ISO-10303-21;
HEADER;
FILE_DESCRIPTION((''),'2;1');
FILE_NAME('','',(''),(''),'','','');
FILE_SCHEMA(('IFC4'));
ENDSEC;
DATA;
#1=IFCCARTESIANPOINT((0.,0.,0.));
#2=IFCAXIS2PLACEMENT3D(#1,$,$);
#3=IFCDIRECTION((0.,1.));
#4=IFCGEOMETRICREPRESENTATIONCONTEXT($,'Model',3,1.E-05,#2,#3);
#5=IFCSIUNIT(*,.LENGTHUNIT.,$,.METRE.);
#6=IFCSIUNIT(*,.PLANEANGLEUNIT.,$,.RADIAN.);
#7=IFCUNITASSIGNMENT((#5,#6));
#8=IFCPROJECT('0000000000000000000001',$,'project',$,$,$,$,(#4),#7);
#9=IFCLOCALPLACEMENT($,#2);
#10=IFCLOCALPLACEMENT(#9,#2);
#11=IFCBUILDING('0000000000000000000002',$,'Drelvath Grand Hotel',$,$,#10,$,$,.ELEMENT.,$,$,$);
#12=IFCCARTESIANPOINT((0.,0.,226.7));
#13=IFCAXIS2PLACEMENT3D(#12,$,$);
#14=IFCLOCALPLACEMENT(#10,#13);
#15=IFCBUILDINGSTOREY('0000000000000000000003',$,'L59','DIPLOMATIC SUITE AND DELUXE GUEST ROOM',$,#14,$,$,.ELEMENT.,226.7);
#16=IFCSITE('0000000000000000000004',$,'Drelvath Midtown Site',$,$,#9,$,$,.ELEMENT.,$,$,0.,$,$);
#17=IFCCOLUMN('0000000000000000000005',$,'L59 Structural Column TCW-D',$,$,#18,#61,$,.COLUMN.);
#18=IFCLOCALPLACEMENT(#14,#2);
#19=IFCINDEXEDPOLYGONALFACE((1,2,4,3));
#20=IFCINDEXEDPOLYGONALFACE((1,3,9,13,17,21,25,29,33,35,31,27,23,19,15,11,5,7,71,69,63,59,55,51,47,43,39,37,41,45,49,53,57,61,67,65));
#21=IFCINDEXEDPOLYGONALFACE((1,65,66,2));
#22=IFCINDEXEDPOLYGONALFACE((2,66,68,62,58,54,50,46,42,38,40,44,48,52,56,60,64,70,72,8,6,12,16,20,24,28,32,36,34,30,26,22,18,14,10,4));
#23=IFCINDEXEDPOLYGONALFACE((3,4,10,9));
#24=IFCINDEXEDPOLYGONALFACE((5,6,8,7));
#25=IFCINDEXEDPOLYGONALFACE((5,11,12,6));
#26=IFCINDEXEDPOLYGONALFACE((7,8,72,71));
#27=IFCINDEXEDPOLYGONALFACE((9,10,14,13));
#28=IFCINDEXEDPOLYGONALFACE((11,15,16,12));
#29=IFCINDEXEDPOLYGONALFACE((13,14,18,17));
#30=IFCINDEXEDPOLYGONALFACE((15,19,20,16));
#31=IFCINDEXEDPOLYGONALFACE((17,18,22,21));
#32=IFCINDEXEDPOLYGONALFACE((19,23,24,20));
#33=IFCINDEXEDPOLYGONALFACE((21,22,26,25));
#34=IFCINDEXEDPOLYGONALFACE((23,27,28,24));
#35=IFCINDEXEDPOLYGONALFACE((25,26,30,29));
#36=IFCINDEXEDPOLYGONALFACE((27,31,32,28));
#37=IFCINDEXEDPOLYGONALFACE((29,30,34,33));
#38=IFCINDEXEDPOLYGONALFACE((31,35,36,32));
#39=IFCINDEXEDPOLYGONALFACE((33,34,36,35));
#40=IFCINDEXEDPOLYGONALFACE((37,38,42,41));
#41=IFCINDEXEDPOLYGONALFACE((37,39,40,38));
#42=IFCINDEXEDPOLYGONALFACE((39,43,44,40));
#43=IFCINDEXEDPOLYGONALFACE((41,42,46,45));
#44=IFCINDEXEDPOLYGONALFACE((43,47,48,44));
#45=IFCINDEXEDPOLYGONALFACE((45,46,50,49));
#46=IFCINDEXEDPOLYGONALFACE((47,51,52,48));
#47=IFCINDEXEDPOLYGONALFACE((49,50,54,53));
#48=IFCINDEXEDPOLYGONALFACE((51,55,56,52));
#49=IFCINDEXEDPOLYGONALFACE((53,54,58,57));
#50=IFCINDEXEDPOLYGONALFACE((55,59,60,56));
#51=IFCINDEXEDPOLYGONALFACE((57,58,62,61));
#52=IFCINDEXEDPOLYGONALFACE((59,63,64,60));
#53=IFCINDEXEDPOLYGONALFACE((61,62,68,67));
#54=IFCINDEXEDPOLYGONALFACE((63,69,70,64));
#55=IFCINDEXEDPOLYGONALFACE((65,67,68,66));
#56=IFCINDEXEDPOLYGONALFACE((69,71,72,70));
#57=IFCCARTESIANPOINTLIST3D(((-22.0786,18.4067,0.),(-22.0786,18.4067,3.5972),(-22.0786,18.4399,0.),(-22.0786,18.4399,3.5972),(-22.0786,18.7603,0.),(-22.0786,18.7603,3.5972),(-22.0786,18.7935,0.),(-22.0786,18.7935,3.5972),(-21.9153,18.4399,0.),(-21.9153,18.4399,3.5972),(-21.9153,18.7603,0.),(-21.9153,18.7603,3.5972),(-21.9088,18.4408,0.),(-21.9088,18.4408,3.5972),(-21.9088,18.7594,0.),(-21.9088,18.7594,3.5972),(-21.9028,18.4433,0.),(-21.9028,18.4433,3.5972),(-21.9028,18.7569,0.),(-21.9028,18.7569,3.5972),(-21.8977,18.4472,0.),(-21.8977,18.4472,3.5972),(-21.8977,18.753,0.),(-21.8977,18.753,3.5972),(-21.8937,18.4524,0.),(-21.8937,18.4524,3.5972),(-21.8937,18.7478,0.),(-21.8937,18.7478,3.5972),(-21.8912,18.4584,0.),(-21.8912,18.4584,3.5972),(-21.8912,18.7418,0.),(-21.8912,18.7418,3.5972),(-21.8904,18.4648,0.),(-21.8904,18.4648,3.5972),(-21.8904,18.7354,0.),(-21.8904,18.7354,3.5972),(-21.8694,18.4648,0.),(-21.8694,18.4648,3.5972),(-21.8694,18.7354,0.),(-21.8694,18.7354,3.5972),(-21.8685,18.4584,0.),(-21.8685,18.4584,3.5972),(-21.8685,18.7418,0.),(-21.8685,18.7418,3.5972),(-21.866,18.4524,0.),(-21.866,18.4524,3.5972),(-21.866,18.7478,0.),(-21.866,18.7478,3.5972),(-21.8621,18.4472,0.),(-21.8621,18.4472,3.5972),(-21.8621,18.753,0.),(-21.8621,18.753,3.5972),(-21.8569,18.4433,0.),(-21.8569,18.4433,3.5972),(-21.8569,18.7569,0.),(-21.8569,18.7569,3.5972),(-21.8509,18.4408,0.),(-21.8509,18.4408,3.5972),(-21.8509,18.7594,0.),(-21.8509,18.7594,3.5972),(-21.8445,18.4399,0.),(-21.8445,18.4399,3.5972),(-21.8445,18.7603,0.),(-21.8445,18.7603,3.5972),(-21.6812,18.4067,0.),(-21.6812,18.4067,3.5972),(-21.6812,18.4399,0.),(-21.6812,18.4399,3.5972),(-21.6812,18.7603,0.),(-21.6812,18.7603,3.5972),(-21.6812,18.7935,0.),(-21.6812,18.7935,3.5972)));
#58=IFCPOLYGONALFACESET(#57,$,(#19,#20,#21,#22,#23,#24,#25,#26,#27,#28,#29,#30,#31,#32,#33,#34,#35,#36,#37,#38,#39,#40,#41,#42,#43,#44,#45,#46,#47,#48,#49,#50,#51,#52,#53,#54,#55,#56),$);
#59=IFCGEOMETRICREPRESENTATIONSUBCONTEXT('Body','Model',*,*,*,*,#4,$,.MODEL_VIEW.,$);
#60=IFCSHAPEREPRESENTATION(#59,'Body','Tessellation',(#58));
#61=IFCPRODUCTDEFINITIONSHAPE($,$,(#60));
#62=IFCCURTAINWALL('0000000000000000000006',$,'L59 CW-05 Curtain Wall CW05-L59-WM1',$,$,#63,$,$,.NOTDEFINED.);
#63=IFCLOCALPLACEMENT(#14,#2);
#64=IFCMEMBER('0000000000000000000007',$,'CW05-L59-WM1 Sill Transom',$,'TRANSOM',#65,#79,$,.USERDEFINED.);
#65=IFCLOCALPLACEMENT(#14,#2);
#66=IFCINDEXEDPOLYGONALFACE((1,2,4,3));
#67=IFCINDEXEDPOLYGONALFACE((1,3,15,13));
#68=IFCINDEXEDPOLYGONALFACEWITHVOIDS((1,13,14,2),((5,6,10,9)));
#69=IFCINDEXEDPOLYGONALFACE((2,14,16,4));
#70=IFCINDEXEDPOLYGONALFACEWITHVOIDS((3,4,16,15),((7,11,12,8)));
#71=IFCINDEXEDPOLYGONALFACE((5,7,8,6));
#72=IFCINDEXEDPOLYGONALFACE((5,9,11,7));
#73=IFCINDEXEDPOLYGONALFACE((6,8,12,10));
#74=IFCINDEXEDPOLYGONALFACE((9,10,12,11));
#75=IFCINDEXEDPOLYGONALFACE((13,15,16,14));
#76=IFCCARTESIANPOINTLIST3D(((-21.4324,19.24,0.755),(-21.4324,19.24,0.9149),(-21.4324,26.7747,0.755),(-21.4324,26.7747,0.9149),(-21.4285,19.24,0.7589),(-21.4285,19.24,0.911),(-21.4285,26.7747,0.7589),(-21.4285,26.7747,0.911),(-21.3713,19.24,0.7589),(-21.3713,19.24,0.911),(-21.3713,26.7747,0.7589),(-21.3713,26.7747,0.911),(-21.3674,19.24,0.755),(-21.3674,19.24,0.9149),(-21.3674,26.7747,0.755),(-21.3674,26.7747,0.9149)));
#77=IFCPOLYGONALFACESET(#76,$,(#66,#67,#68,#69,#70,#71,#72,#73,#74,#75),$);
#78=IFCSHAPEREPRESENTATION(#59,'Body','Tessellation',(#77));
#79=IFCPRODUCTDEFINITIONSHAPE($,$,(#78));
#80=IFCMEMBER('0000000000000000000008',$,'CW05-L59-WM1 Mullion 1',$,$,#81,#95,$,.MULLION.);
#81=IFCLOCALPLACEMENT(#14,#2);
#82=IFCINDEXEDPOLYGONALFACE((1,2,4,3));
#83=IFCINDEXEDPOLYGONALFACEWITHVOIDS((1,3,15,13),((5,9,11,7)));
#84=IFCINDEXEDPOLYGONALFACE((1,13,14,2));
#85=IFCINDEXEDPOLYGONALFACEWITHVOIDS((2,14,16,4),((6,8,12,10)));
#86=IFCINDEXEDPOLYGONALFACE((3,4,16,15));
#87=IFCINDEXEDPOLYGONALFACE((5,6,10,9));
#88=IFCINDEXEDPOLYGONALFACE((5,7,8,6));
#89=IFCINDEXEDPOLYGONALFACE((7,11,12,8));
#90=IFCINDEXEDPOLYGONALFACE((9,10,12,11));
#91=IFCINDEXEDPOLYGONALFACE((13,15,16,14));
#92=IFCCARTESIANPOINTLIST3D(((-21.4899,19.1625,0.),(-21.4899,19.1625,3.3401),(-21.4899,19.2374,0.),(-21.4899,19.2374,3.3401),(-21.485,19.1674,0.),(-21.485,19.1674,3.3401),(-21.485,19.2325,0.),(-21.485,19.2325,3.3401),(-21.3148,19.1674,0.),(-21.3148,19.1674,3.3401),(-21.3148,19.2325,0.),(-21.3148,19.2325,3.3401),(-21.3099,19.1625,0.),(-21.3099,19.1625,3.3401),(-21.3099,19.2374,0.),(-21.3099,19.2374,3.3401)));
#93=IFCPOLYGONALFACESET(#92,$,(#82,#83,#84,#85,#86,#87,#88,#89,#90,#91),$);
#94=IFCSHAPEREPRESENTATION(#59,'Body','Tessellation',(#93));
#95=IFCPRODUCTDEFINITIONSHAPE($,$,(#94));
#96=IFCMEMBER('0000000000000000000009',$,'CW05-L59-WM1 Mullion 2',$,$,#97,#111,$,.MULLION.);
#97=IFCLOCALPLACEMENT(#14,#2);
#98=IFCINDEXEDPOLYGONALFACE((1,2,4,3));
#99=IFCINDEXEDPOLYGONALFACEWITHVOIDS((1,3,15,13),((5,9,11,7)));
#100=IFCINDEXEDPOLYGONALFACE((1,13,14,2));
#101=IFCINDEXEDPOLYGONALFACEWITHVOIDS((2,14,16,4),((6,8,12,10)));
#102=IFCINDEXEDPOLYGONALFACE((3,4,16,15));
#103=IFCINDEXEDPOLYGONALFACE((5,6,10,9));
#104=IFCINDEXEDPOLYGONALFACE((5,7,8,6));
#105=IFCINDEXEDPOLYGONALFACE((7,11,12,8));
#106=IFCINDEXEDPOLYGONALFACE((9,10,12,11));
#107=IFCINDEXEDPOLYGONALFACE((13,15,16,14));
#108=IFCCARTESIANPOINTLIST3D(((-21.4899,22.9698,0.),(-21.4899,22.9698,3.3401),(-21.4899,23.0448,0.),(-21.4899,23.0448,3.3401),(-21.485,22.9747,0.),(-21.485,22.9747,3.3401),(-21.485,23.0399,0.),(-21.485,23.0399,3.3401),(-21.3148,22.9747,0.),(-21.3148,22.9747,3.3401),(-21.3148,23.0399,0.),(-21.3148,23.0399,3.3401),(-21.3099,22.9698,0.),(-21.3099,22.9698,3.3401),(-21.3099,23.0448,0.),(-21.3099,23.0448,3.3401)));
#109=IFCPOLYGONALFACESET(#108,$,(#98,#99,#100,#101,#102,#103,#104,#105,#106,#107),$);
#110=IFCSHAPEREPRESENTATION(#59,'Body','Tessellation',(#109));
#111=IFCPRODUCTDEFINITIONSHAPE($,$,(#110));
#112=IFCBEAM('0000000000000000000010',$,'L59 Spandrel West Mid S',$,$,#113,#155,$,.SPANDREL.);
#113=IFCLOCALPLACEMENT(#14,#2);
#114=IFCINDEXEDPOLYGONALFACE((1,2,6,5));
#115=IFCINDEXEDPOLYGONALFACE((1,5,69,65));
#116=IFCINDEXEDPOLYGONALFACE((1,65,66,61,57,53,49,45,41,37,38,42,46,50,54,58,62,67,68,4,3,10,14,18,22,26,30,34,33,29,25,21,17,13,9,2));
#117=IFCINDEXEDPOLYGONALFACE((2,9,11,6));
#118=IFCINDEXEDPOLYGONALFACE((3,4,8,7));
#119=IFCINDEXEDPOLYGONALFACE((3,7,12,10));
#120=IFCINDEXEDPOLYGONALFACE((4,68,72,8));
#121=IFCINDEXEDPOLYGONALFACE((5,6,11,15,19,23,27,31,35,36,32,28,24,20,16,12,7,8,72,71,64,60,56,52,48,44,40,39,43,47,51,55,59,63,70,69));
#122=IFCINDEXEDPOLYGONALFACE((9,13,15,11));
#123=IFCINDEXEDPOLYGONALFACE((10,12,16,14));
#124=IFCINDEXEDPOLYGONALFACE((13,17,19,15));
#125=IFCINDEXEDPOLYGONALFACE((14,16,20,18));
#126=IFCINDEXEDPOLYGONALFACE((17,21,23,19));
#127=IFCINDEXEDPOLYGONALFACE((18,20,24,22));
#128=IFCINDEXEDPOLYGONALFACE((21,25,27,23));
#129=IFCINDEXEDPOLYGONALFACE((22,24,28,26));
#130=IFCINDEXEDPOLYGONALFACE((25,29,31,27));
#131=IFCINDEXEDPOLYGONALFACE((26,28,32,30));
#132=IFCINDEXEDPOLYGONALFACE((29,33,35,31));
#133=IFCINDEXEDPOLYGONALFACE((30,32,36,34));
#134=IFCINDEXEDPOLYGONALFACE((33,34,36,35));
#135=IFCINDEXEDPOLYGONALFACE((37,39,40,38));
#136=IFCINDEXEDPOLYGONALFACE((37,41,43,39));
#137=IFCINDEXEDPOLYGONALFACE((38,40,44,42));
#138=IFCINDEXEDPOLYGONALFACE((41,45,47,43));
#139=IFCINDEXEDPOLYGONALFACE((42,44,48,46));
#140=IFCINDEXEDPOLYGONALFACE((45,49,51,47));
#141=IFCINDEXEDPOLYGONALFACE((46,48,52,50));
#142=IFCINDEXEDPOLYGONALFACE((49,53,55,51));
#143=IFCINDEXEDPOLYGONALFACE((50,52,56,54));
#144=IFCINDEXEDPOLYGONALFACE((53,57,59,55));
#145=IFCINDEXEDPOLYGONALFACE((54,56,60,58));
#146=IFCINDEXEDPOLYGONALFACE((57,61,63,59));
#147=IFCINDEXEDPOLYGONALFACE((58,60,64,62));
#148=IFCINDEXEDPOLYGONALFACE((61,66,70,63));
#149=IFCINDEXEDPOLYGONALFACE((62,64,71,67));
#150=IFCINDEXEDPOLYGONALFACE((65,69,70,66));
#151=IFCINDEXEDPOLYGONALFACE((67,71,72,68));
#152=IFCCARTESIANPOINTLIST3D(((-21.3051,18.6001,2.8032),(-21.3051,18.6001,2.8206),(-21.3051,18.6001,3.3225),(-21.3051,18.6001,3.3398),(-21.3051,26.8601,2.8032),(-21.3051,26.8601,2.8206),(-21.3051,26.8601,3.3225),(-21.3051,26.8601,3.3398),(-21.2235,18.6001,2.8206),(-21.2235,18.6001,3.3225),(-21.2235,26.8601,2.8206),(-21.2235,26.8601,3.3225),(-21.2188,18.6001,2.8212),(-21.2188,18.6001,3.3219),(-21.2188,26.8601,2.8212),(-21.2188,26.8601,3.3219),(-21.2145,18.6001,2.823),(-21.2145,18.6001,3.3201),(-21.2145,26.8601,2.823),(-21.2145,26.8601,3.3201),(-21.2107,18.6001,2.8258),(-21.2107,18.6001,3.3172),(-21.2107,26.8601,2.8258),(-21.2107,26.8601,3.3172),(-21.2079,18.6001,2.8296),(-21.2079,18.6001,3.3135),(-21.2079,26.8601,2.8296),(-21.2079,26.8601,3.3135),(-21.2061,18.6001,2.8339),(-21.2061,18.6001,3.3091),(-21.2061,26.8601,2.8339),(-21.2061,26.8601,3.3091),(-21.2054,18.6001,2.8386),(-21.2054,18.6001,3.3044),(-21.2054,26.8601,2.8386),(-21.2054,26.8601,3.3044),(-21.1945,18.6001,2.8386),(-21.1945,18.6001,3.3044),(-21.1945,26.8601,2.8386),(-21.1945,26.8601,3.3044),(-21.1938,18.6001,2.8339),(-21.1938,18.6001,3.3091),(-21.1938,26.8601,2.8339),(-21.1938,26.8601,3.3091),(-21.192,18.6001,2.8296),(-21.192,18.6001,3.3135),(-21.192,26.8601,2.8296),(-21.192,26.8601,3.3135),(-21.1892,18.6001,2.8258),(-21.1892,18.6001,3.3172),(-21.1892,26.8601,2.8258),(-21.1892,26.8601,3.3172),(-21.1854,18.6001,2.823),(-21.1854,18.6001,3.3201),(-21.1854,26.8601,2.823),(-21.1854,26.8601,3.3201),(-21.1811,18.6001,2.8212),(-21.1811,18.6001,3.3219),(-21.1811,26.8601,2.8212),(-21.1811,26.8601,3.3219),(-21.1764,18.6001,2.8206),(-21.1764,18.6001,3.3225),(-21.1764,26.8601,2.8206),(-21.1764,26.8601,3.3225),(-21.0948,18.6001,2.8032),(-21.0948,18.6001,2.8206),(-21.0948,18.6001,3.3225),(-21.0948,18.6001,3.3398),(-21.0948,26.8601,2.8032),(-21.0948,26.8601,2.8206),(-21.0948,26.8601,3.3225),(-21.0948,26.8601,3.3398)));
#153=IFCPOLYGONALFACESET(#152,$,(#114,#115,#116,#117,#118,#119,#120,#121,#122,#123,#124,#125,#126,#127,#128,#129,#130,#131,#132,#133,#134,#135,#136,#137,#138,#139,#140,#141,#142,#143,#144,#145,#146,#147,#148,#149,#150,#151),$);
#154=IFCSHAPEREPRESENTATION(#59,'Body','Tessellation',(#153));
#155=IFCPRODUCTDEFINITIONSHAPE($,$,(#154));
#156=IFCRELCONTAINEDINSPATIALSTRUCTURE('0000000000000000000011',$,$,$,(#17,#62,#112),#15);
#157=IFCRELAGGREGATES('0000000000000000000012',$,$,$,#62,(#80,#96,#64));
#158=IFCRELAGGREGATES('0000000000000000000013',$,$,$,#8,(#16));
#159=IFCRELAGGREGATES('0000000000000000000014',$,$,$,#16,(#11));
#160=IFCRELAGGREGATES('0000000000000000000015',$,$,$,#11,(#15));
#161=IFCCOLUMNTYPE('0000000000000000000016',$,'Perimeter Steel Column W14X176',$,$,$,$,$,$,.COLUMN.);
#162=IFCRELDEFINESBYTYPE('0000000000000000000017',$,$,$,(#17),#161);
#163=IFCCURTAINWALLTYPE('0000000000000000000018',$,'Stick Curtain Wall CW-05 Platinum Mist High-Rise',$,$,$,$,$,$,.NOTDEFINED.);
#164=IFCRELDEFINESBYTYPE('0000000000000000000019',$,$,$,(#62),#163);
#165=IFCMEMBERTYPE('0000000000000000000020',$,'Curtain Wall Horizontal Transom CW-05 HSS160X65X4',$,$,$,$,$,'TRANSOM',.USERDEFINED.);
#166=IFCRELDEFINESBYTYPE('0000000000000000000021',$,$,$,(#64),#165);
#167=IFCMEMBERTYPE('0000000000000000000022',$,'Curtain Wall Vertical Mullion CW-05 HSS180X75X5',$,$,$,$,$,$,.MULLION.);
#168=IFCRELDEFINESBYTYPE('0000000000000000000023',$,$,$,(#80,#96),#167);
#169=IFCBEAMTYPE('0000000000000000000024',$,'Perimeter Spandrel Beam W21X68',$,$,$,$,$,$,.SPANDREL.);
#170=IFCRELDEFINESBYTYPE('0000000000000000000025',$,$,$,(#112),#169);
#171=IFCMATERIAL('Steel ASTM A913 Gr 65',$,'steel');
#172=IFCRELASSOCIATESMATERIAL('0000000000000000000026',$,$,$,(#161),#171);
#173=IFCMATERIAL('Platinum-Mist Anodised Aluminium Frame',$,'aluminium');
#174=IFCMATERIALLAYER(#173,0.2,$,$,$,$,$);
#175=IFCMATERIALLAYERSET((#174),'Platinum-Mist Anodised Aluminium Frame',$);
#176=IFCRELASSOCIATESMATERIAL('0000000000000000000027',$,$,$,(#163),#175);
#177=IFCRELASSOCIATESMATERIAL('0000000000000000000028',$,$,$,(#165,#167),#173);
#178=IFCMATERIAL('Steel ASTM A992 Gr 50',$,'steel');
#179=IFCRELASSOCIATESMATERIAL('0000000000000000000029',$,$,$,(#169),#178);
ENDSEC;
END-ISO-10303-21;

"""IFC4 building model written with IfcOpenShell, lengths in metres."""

from ifc_helpers import new_model, si_unit, direction, frame, origin, origin_2d, place, context, subcontext, project, spatial, hollow_rectangle, i_section, extrude, material, layer, layer_set, material_profile, profile_set, type_object, element, aggregate, save


model = new_model("IFC4")

# Units and contexts
model_context = context("Model", 3, precision=1e-05, world=origin(), true_north=direction((0.0, 1.0)))
body_context = subcontext(model_context, "Body", "Model", "MODEL_VIEW")
ifc_project = project(units=[si_unit("LENGTHUNIT", "METRE"), si_unit("PLANEANGLEUNIT", "RADIAN")], contexts=[model_context])

# Site, building, storey
site_placement = place(None, origin())
site = spatial("IfcSite", under=ifc_project, at=site_placement, Name="Drelvath Midtown Site", CompositionType="ELEMENT", RefElevation=0.0)
building_placement = place(site_placement, origin())
building = spatial("IfcBuilding", under=site, at=building_placement, Name="Drelvath Grand Hotel", CompositionType="ELEMENT")
storey_placement = place(building_placement, frame((0.0, 0.0, 226.7)))
storey = spatial("IfcBuildingStorey", under=building, at=storey_placement, Name="L59", Description="DIPLOMATIC SUITE AND DELUXE GUEST ROOM", CompositionType="ELEMENT", Elevation=226.7)

# Column
ifc_material_1 = material(Name="Steel ASTM A913 Gr 65", Category="steel")
ifc_material_profile_1 = material_profile(ifc_material_1, i_section(OverallWidth=0.3975, OverallDepth=0.3867, WebThickness=0.021, FlangeThickness=0.0332, FilletRadius=0.0249, at=origin_2d()), Name="W14X176")
ifc_profile_set_1 = profile_set([ifc_material_profile_1], Name="Steel ASTM A913 Gr 65")
column_type = type_object("IfcColumnType", Name="Perimeter Steel Column W14X176", PredefinedType="COLUMN", material=ifc_profile_set_1)
column_placement = place(storey_placement, frame((-21.8799, 18.6001, 0.0), z_axis=(0.0, 0.0, 1.0), x_axis=(1.0, 0.0, 0.0)))
element("IfcColumn", 1, at=column_placement, inside=storey, type_object=column_type, Name="L59 Structural Column TCW-D", PredefinedType="COLUMN", context=body_context, shape_type="SweptSolid", body=[
    extrude(i_section(OverallWidth=0.3975, OverallDepth=0.3867, WebThickness=0.021, FlangeThickness=0.0332, FilletRadius=0.0249, at=origin_2d()), origin(), (0.0, 0.0, 1.0), 3.5972),
])

# Curtain wall, members
ifc_material_2 = material(Name="Platinum-Mist Anodised Aluminium Frame", Category="aluminium")
ifc_layer_1 = layer(ifc_material_2, 0.2)
ifc_layer_set_1 = layer_set([ifc_layer_1], Name="Platinum-Mist Anodised Aluminium Frame")
curtain_wall_type = type_object("IfcCurtainWallType", Name="Stick Curtain Wall CW-05 Platinum Mist High-Rise", PredefinedType="NOTDEFINED", material=ifc_layer_set_1)
curtain_wall_placement = place(storey_placement, origin())
curtain_wall = element("IfcCurtainWall", 2, at=curtain_wall_placement, inside=storey, type_object=curtain_wall_type, Name="L59 CW-05 Curtain Wall CW05-L59-WM1", PredefinedType="NOTDEFINED")
ifc_material_profile_2 = material_profile(ifc_material_2, hollow_rectangle(XDim=0.0649, YDim=0.1599, WallThickness=0.0039, at=origin_2d()), Name="HSS160X65X4")
ifc_profile_set_2 = profile_set([ifc_material_profile_2], Name="Platinum-Mist Anodised Aluminium Frame")
member_type_1 = type_object("IfcMemberType", Name="Curtain Wall Horizontal Transom CW-05 HSS160X65X4", ElementType="TRANSOM", PredefinedType="USERDEFINED", material=ifc_profile_set_2)
member_1_placement = place(storey_placement, frame((-21.3999, 19.24, 0.835), z_axis=(0.0, 1.0, 0.0), x_axis=(-1.0, 0.0, 0.0)))
member_1 = element("IfcMember", 3, at=member_1_placement, type_object=member_type_1, Name="CW05-L59-WM1 Sill Transom", ObjectType="TRANSOM", PredefinedType="USERDEFINED", context=body_context, shape_type="SweptSolid", body=[
    extrude(hollow_rectangle(XDim=0.0649, YDim=0.1599, WallThickness=0.0039, at=origin_2d()), origin(), (0.0, 0.0, 1.0), 7.5347),
])
ifc_material_profile_3 = material_profile(ifc_material_2, hollow_rectangle(XDim=0.075, YDim=0.1799, WallThickness=0.0049, at=origin_2d()), Name="HSS180X75X5")
ifc_profile_set_3 = profile_set([ifc_material_profile_3], Name="Platinum-Mist Anodised Aluminium Frame")
member_type_2 = type_object("IfcMemberType", Name="Curtain Wall Vertical Mullion CW-05 HSS180X75X5", PredefinedType="MULLION", material=ifc_profile_set_3)
member_2_placement = place(storey_placement, frame((-21.3999, 19.2, 0.0), z_axis=(0.0, 0.0, 1.0), x_axis=(0.0, 1.0, 0.0)))
member_2 = element("IfcMember", 4, at=member_2_placement, type_object=member_type_2, Name="CW05-L59-WM1 Mullion 1", PredefinedType="MULLION", context=body_context, shape_type="SweptSolid", body=[
    extrude(hollow_rectangle(XDim=0.075, YDim=0.1799, WallThickness=0.0049, at=origin_2d()), origin(), (0.0, 0.0, 1.0), 3.3401),
])
member_3_placement = place(storey_placement, frame((-21.3999, 23.0073, 0.0), z_axis=(0.0, 0.0, 1.0), x_axis=(0.0, 1.0, 0.0)))
member_3 = element("IfcMember", 5, at=member_3_placement, type_object=member_type_2, Name="CW05-L59-WM1 Mullion 2", PredefinedType="MULLION", context=body_context, shape_type="SweptSolid", body=[
    extrude(hollow_rectangle(XDim=0.075, YDim=0.1799, WallThickness=0.0049, at=origin_2d()), origin(), (0.0, 0.0, 1.0), 3.3401),
])

# Beam
ifc_material_3 = material(Name="Steel ASTM A992 Gr 50", Category="steel")
ifc_material_profile_4 = material_profile(ifc_material_3, i_section(OverallWidth=0.2102, OverallDepth=0.5366, WebThickness=0.011, FlangeThickness=0.0173, FilletRadius=0.0181, at=origin_2d()), Name="W21X68")
ifc_profile_set_4 = profile_set([ifc_material_profile_4], Name="Steel ASTM A992 Gr 50")
beam_type_1 = type_object("IfcBeamType", Name="Perimeter Spandrel Beam W21X68", PredefinedType="SPANDREL", material=ifc_profile_set_4)
beam_1_placement = place(storey_placement, frame((-21.2, 18.6001, 3.0715), z_axis=(0.0, 1.0, 0.0), x_axis=(-1.0, 0.0, 0.0)))
element("IfcBeam", 6, at=beam_1_placement, inside=storey, type_object=beam_type_1, Name="L59 Spandrel West Mid S", PredefinedType="SPANDREL", context=body_context, shape_type="SweptSolid", body=[
    extrude(i_section(OverallWidth=0.2102, OverallDepth=0.5366, WebThickness=0.011, FlangeThickness=0.0173, FilletRadius=0.0181, at=origin_2d()), origin(), (0.0, 0.0, 1.0), 8.26),
])

aggregate(curtain_wall, [member_2, member_3, member_1])

save(model, "model.ifc")
